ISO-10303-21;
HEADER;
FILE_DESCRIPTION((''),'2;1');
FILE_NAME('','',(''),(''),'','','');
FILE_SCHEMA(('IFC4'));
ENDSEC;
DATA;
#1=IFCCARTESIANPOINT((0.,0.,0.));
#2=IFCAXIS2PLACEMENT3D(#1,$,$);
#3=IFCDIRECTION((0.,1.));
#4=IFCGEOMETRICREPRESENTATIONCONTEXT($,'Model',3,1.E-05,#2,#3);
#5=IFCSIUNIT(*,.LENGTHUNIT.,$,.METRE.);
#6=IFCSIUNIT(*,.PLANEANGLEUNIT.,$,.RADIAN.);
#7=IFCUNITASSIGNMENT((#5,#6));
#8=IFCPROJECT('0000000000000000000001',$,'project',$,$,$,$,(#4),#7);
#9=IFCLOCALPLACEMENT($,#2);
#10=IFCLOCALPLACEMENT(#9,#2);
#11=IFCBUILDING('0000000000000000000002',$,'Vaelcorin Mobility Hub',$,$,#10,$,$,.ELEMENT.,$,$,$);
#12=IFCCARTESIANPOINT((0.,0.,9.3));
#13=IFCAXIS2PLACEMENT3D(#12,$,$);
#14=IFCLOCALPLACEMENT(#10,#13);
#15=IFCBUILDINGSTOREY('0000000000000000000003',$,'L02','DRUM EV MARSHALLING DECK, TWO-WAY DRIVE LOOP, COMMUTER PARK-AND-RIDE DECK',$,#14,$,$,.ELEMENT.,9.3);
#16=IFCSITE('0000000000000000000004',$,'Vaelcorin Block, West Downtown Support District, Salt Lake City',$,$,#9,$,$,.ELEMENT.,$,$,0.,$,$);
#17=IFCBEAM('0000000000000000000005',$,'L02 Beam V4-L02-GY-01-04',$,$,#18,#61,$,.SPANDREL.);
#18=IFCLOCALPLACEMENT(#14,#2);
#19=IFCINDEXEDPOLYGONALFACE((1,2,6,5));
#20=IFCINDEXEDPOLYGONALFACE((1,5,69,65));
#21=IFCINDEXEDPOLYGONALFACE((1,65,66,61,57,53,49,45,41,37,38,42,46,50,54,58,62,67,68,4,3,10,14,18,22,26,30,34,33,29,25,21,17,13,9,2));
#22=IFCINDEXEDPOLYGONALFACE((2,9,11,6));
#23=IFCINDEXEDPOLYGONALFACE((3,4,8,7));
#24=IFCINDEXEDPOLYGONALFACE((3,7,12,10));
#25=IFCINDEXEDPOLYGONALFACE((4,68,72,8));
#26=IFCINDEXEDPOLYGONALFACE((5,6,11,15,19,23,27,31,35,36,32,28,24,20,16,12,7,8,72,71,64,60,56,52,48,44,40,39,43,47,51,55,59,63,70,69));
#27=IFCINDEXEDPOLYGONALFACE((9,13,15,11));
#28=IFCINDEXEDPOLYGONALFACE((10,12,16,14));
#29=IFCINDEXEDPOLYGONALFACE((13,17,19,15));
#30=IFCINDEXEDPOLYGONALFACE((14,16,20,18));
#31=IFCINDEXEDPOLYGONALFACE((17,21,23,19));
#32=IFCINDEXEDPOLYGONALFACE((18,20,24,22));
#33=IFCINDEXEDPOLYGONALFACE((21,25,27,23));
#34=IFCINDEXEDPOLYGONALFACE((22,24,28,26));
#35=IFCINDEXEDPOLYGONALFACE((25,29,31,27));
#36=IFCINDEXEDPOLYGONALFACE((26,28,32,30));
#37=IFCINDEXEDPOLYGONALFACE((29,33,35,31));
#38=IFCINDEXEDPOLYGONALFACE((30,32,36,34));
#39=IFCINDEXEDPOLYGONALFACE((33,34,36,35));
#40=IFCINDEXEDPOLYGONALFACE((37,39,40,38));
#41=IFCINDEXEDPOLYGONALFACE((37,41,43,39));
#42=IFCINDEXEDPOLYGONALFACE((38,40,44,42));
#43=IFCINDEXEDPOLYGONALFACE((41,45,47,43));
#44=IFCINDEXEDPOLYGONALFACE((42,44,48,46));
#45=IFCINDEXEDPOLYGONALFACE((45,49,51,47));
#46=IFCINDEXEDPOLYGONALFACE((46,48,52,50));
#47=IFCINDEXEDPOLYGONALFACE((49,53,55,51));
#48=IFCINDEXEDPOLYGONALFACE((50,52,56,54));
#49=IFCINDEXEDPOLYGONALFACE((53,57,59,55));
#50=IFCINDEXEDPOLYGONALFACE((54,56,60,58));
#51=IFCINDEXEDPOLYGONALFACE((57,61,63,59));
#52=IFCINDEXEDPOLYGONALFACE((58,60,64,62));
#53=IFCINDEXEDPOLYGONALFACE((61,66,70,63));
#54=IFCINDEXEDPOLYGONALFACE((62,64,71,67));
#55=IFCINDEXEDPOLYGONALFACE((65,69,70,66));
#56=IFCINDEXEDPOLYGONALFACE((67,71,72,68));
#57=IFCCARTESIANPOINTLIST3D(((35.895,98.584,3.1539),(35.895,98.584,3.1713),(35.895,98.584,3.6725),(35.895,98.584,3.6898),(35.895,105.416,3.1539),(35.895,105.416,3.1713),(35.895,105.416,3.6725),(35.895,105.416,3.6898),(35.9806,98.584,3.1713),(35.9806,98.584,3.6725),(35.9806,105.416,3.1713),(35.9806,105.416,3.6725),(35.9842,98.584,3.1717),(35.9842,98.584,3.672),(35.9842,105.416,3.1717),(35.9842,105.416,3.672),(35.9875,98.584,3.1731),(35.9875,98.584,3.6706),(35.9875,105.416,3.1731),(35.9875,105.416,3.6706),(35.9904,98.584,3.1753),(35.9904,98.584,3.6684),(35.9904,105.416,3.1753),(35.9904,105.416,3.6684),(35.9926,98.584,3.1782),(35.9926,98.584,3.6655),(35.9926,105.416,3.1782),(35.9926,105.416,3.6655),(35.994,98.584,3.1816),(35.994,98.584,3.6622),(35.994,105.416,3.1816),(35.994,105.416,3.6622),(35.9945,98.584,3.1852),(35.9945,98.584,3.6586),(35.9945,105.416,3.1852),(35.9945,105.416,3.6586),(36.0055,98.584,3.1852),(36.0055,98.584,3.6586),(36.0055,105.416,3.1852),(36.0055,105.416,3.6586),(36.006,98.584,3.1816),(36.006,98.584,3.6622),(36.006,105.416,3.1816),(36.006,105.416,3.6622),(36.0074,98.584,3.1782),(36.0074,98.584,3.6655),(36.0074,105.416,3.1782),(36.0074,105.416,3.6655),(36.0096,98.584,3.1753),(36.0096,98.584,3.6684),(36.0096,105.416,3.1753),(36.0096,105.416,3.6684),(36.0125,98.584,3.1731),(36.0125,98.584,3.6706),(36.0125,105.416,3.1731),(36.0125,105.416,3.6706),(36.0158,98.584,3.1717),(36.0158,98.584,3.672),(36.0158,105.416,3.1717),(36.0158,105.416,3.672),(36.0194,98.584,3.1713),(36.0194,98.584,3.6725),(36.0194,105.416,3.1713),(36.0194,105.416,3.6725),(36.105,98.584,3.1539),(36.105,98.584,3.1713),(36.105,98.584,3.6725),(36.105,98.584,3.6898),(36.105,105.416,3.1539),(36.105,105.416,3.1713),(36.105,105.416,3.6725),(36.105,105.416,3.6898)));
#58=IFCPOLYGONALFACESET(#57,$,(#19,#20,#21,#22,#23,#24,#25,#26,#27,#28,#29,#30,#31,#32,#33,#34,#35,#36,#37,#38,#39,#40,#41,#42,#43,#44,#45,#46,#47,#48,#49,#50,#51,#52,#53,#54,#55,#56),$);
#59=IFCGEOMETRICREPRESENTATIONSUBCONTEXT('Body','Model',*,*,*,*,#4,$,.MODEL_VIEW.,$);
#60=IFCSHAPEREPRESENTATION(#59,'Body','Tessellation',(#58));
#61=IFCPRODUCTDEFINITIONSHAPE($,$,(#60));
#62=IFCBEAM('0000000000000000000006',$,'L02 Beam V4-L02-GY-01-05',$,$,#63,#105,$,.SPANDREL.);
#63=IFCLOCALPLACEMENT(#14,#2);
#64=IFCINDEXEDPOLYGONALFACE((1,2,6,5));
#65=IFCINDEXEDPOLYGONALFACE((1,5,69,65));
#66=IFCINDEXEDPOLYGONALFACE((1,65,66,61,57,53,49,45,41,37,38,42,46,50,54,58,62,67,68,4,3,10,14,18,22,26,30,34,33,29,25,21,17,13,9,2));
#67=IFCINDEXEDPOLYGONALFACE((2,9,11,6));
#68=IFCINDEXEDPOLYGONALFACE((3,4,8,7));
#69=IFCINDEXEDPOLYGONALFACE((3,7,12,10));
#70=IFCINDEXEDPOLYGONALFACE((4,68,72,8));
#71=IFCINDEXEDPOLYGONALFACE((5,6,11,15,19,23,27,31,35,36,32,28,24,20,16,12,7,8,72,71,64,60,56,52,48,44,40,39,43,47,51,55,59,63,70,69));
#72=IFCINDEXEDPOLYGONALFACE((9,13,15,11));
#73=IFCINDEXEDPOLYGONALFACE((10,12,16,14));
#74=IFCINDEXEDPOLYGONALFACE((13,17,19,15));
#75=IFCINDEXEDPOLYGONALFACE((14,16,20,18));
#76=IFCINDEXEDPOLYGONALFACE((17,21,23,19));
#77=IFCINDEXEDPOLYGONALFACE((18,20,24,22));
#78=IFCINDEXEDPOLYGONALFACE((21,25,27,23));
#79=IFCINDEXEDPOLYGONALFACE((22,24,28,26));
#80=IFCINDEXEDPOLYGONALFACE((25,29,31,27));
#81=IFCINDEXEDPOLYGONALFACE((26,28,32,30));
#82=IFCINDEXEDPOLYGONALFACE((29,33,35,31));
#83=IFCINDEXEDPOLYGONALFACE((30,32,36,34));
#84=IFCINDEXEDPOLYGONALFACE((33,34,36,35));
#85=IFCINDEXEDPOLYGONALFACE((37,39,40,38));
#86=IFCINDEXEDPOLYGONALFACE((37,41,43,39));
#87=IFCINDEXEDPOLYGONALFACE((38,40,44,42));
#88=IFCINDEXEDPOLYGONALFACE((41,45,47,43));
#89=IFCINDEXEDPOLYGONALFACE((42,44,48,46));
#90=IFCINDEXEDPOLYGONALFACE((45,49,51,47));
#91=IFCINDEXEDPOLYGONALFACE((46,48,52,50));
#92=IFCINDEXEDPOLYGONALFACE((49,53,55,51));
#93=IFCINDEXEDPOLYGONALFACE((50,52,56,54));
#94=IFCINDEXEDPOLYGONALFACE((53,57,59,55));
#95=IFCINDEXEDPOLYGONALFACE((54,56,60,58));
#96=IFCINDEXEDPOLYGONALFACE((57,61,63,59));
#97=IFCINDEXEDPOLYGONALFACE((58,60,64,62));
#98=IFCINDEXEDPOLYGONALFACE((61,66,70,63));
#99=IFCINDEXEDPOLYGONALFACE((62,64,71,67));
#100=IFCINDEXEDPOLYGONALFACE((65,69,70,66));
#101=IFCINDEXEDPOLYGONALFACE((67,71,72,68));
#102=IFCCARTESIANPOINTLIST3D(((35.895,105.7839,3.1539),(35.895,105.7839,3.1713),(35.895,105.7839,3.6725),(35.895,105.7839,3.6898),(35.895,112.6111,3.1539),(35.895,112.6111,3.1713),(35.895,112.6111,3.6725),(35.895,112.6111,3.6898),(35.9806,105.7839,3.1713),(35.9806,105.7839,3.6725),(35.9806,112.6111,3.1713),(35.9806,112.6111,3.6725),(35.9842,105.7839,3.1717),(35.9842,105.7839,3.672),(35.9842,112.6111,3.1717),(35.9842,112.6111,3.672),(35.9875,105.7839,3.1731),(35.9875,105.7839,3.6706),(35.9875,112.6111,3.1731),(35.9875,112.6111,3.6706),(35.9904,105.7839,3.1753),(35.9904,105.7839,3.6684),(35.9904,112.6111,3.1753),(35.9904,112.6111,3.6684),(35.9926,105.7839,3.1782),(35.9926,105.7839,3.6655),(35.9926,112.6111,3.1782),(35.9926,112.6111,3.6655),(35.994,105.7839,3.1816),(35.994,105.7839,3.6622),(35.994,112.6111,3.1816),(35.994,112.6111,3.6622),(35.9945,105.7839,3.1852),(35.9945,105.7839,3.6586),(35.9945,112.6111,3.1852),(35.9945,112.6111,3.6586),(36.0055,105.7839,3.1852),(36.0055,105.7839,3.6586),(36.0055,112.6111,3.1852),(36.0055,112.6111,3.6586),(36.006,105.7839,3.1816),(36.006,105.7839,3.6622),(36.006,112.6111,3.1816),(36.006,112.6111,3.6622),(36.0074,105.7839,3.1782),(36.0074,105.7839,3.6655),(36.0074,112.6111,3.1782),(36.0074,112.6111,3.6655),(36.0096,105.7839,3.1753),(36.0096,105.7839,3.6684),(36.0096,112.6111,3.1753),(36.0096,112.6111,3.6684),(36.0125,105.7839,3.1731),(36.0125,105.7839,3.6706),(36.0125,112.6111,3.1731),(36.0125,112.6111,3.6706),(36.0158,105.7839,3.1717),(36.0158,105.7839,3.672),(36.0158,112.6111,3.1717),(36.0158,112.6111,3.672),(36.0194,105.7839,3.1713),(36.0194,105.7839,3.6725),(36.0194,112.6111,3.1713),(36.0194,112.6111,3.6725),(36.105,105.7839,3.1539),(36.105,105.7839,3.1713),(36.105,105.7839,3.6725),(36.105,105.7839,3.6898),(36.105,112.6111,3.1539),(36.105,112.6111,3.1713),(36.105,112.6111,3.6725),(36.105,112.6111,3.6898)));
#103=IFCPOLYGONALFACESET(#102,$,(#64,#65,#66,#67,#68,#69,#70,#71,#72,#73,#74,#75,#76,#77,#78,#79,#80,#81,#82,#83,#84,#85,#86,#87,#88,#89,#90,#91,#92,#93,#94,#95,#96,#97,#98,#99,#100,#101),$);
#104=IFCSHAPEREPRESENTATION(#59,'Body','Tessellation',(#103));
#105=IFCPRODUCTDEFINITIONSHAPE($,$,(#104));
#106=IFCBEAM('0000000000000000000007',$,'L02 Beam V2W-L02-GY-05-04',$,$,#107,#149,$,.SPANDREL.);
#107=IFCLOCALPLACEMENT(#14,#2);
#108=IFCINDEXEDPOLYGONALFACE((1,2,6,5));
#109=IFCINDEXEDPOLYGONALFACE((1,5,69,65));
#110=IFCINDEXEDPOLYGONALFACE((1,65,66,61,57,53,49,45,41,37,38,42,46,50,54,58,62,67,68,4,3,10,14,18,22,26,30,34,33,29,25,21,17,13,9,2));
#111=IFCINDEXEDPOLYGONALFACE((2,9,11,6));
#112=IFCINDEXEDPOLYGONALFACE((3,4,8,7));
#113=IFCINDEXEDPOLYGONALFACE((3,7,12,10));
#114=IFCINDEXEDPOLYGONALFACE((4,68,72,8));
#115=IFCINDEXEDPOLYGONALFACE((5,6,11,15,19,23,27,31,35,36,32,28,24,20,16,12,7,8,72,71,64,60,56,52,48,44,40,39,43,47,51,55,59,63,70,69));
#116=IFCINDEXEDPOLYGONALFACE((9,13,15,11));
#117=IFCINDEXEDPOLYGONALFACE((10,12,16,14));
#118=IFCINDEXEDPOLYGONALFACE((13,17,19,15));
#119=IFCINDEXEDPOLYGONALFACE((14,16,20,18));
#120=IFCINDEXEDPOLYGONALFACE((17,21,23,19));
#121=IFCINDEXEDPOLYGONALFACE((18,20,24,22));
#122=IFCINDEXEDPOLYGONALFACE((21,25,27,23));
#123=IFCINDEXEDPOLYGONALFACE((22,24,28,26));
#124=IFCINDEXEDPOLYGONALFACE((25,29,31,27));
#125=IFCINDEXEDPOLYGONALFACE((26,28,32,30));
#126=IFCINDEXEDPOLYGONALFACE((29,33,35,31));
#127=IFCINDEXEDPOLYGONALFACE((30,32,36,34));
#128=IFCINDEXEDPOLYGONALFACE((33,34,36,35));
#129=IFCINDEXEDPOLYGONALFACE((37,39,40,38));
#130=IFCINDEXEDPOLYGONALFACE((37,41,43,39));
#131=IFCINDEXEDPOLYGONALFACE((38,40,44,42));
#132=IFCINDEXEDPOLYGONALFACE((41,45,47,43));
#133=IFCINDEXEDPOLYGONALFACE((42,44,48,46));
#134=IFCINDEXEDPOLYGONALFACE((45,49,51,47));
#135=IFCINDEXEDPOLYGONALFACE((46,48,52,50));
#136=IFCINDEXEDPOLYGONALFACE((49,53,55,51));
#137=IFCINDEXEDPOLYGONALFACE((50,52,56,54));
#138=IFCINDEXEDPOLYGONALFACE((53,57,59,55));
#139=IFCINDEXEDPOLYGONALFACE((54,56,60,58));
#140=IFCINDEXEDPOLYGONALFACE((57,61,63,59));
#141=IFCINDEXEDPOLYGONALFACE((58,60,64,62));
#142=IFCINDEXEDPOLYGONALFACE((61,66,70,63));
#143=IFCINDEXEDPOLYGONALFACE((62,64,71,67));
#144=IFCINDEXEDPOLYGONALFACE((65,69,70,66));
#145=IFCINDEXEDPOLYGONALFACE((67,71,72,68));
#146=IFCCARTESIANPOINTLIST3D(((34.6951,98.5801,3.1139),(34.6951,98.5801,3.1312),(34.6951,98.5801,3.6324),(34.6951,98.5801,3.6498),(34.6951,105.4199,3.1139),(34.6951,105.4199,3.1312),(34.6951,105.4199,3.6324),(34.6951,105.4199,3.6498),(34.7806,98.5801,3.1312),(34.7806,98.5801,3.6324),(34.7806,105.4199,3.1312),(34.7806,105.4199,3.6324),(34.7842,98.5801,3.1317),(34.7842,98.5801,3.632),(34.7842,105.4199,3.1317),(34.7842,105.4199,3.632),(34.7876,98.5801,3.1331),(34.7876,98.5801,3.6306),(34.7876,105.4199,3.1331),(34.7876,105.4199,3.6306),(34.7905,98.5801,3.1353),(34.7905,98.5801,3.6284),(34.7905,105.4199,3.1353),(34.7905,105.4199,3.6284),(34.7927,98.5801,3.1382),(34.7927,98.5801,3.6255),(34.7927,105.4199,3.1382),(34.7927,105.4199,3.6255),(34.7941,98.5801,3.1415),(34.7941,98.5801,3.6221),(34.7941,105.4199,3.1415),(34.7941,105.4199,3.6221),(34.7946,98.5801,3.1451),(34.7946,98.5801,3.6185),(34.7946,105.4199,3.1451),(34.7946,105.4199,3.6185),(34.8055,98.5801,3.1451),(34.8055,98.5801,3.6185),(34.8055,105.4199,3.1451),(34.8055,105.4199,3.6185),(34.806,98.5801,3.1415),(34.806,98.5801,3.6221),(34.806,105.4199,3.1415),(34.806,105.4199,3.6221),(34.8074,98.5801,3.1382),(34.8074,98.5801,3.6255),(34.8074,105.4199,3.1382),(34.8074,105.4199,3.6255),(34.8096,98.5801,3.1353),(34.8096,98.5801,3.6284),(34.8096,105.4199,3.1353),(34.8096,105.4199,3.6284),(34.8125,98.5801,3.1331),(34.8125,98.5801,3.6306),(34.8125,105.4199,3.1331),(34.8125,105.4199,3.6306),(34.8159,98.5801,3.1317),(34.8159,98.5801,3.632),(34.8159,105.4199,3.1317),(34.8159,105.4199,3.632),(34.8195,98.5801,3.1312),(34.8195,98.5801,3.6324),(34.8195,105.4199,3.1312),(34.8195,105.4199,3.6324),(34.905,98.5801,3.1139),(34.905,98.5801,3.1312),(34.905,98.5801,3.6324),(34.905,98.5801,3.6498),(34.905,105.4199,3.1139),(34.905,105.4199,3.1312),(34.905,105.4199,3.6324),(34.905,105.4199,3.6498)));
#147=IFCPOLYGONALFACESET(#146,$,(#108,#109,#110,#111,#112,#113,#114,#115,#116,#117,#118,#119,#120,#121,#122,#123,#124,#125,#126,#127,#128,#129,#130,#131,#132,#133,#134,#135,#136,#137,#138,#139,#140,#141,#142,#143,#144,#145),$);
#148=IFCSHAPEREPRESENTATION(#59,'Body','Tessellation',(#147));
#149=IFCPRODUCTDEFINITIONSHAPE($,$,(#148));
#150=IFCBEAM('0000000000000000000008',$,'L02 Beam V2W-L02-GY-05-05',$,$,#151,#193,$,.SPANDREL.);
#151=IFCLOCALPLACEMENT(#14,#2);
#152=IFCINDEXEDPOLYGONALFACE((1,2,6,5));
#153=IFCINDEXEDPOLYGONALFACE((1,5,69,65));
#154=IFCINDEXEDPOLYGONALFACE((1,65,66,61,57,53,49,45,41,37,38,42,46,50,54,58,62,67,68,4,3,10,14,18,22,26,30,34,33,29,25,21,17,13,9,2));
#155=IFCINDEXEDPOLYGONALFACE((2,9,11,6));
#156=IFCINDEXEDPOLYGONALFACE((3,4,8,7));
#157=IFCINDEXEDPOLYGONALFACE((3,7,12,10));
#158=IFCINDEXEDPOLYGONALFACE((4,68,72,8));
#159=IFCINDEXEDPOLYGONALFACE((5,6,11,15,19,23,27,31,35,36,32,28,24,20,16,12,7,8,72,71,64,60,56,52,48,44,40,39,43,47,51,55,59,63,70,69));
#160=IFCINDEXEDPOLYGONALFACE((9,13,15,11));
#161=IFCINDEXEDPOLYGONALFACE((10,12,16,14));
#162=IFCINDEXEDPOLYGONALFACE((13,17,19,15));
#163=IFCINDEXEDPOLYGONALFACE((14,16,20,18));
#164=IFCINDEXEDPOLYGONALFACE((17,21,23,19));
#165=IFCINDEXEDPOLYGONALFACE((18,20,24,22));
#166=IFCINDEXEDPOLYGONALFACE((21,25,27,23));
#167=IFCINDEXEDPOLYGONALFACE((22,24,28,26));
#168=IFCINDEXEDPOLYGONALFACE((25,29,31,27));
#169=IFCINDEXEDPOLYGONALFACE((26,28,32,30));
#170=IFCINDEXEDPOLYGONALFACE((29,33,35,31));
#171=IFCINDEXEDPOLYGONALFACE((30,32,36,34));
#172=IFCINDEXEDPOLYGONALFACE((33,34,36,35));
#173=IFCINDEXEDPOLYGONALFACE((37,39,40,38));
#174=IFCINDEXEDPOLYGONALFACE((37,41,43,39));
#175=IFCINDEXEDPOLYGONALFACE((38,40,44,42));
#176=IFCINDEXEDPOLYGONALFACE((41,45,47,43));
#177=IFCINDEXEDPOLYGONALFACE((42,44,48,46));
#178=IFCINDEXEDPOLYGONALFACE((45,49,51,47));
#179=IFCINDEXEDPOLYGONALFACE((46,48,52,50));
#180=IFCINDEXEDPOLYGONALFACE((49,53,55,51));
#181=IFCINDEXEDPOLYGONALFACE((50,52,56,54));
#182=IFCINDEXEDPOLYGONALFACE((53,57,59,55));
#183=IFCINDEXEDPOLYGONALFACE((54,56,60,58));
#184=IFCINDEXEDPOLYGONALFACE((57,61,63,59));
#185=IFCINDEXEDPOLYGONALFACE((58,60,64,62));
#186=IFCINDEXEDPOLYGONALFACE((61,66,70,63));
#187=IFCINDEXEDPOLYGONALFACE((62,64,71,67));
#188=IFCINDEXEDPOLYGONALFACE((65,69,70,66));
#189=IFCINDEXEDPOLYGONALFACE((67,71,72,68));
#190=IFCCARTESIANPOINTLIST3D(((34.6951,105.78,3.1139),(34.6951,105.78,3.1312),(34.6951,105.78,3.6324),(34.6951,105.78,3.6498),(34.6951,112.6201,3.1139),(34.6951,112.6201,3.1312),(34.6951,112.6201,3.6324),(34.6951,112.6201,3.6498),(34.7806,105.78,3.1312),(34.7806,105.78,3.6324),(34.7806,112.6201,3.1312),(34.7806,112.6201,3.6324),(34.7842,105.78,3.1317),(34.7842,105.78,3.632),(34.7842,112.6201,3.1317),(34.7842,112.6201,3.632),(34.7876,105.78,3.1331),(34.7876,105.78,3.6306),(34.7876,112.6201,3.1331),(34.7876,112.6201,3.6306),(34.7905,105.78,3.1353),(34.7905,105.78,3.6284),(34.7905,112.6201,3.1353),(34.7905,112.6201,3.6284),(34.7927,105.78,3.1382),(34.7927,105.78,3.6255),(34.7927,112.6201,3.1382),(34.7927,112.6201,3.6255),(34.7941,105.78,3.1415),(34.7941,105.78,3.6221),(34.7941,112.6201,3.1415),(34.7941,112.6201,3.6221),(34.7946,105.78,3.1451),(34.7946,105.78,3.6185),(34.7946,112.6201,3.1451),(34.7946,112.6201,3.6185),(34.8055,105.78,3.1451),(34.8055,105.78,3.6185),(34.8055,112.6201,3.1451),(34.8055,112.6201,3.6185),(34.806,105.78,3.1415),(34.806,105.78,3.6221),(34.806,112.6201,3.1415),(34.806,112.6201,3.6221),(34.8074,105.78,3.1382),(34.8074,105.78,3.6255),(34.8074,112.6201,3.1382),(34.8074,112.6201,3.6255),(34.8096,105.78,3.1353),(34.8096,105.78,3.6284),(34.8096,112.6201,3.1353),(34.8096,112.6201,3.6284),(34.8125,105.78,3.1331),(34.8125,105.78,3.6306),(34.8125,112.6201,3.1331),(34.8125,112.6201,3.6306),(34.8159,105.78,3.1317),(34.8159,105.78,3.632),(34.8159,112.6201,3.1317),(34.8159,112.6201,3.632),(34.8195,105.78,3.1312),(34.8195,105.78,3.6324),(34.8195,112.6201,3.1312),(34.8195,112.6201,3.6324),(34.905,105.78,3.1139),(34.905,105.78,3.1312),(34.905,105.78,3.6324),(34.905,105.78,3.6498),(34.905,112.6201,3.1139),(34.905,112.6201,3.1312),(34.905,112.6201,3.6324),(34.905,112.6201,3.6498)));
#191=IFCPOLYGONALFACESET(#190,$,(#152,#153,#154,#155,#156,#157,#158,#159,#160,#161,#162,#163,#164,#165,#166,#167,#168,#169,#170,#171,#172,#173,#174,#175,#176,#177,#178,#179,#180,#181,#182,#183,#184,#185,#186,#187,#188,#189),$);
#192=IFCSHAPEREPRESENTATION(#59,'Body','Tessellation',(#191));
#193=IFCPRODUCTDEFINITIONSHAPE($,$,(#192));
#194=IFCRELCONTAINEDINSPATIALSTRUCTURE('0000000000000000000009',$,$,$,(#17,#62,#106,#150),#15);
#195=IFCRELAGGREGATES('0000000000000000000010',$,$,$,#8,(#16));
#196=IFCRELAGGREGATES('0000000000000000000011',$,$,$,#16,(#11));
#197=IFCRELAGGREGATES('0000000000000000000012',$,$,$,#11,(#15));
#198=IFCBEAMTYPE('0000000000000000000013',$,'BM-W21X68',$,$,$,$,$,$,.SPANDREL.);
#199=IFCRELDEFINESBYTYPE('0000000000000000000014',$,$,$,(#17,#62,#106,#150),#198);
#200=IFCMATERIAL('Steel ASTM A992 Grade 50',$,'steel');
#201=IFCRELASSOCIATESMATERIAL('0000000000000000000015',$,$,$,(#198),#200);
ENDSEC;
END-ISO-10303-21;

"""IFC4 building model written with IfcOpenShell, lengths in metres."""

from ifc_helpers import new_model, si_unit, direction, frame, origin, origin_2d, place, context, subcontext, project, spatial, i_section, extrude, material, material_profile, profile_set, type_object, element, save


model = new_model("IFC4")

# Units and contexts
model_context = context("Model", 3, precision=1e-05, world=origin(), true_north=direction((0.0, 1.0)))
body_context = subcontext(model_context, "Body", "Model", "MODEL_VIEW")
ifc_project = project(units=[si_unit("LENGTHUNIT", "METRE"), si_unit("PLANEANGLEUNIT", "RADIAN")], contexts=[model_context])

# Site, building, storey
site_placement = place(None, origin())
site = spatial("IfcSite", under=ifc_project, at=site_placement, Name="Vaelcorin Block, West Downtown Support District, Salt Lake City", CompositionType="ELEMENT", RefElevation=0.0)
building_placement = place(site_placement, origin())
building = spatial("IfcBuilding", under=site, at=building_placement, Name="Vaelcorin Mobility Hub", CompositionType="ELEMENT")
storey_placement = place(building_placement, frame((0.0, 0.0, 9.3)))
storey = spatial("IfcBuildingStorey", under=building, at=storey_placement, Name="L02", Description="DRUM EV MARSHALLING DECK, TWO-WAY DRIVE LOOP, COMMUTER PARK-AND-RIDE DECK", CompositionType="ELEMENT", Elevation=9.3)

# Shared definitions
ifc_material_1 = material(Name="Steel ASTM A992 Grade 50", Category="steel")

# Beams
ifc_material_profile_1 = material_profile(ifc_material_1, i_section(OverallWidth=0.21, OverallDepth=0.5359, WebThickness=0.011, FlangeThickness=0.0173, FilletRadius=0.0139, at=origin_2d()), Name="W21X68")
ifc_profile_set_1 = profile_set([ifc_material_profile_1], Name="Steel ASTM A992 Grade 50")
beam_type_1 = type_object("IfcBeamType", Name="BM-W21X68", PredefinedType="SPANDREL", material=ifc_profile_set_1)
beam_1_placement = place(storey_placement, frame((36.0, 98.584, 3.4219), z_axis=(0.0, 1.0, 0.0), x_axis=(-1.0, 0.0, 0.0)))
element("IfcBeam", 1, at=beam_1_placement, inside=storey, type_object=beam_type_1, Name="L02 Beam V4-L02-GY-01-04", PredefinedType="SPANDREL", context=body_context, shape_type="SweptSolid", body=[
    extrude(i_section(OverallWidth=0.21, OverallDepth=0.5359, WebThickness=0.011, FlangeThickness=0.0173, FilletRadius=0.0139, at=origin_2d()), origin(), (0.0, 0.0, 1.0), 6.832),
])
beam_2_placement = place(storey_placement, frame((36.0, 105.7839, 3.4219), z_axis=(0.0, 1.0, 0.0), x_axis=(-1.0, 0.0, 0.0)))
element("IfcBeam", 2, at=beam_2_placement, inside=storey, type_object=beam_type_1, Name="L02 Beam V4-L02-GY-01-05", PredefinedType="SPANDREL", context=body_context, shape_type="SweptSolid", body=[
    extrude(i_section(OverallWidth=0.21, OverallDepth=0.5359, WebThickness=0.011, FlangeThickness=0.0173, FilletRadius=0.0139, at=origin_2d()), origin(), (0.0, 0.0, 1.0), 6.8271),
])
beam_3_placement = place(storey_placement, frame((34.8, 98.5801, 3.3818), z_axis=(0.0, 1.0, 0.0), x_axis=(-1.0, 0.0, 0.0)))
element("IfcBeam", 3, at=beam_3_placement, inside=storey, type_object=beam_type_1, Name="L02 Beam V2W-L02-GY-05-04", PredefinedType="SPANDREL", context=body_context, shape_type="SweptSolid", body=[
    extrude(i_section(OverallWidth=0.21, OverallDepth=0.5359, WebThickness=0.011, FlangeThickness=0.0173, FilletRadius=0.0139, at=origin_2d()), origin(), (0.0, 0.0, 1.0), 6.8398),
])
beam_4_placement = place(storey_placement, frame((34.8, 105.78, 3.3818), z_axis=(0.0, 1.0, 0.0), x_axis=(-1.0, 0.0, 0.0)))
element("IfcBeam", 4, at=beam_4_placement, inside=storey, type_object=beam_type_1, Name="L02 Beam V2W-L02-GY-05-05", PredefinedType="SPANDREL", context=body_context, shape_type="SweptSolid", body=[
    extrude(i_section(OverallWidth=0.21, OverallDepth=0.5359, WebThickness=0.011, FlangeThickness=0.0173, FilletRadius=0.0139, at=origin_2d()), origin(), (0.0, 0.0, 1.0), 6.8401),
])

save(model, "model.ifc")
